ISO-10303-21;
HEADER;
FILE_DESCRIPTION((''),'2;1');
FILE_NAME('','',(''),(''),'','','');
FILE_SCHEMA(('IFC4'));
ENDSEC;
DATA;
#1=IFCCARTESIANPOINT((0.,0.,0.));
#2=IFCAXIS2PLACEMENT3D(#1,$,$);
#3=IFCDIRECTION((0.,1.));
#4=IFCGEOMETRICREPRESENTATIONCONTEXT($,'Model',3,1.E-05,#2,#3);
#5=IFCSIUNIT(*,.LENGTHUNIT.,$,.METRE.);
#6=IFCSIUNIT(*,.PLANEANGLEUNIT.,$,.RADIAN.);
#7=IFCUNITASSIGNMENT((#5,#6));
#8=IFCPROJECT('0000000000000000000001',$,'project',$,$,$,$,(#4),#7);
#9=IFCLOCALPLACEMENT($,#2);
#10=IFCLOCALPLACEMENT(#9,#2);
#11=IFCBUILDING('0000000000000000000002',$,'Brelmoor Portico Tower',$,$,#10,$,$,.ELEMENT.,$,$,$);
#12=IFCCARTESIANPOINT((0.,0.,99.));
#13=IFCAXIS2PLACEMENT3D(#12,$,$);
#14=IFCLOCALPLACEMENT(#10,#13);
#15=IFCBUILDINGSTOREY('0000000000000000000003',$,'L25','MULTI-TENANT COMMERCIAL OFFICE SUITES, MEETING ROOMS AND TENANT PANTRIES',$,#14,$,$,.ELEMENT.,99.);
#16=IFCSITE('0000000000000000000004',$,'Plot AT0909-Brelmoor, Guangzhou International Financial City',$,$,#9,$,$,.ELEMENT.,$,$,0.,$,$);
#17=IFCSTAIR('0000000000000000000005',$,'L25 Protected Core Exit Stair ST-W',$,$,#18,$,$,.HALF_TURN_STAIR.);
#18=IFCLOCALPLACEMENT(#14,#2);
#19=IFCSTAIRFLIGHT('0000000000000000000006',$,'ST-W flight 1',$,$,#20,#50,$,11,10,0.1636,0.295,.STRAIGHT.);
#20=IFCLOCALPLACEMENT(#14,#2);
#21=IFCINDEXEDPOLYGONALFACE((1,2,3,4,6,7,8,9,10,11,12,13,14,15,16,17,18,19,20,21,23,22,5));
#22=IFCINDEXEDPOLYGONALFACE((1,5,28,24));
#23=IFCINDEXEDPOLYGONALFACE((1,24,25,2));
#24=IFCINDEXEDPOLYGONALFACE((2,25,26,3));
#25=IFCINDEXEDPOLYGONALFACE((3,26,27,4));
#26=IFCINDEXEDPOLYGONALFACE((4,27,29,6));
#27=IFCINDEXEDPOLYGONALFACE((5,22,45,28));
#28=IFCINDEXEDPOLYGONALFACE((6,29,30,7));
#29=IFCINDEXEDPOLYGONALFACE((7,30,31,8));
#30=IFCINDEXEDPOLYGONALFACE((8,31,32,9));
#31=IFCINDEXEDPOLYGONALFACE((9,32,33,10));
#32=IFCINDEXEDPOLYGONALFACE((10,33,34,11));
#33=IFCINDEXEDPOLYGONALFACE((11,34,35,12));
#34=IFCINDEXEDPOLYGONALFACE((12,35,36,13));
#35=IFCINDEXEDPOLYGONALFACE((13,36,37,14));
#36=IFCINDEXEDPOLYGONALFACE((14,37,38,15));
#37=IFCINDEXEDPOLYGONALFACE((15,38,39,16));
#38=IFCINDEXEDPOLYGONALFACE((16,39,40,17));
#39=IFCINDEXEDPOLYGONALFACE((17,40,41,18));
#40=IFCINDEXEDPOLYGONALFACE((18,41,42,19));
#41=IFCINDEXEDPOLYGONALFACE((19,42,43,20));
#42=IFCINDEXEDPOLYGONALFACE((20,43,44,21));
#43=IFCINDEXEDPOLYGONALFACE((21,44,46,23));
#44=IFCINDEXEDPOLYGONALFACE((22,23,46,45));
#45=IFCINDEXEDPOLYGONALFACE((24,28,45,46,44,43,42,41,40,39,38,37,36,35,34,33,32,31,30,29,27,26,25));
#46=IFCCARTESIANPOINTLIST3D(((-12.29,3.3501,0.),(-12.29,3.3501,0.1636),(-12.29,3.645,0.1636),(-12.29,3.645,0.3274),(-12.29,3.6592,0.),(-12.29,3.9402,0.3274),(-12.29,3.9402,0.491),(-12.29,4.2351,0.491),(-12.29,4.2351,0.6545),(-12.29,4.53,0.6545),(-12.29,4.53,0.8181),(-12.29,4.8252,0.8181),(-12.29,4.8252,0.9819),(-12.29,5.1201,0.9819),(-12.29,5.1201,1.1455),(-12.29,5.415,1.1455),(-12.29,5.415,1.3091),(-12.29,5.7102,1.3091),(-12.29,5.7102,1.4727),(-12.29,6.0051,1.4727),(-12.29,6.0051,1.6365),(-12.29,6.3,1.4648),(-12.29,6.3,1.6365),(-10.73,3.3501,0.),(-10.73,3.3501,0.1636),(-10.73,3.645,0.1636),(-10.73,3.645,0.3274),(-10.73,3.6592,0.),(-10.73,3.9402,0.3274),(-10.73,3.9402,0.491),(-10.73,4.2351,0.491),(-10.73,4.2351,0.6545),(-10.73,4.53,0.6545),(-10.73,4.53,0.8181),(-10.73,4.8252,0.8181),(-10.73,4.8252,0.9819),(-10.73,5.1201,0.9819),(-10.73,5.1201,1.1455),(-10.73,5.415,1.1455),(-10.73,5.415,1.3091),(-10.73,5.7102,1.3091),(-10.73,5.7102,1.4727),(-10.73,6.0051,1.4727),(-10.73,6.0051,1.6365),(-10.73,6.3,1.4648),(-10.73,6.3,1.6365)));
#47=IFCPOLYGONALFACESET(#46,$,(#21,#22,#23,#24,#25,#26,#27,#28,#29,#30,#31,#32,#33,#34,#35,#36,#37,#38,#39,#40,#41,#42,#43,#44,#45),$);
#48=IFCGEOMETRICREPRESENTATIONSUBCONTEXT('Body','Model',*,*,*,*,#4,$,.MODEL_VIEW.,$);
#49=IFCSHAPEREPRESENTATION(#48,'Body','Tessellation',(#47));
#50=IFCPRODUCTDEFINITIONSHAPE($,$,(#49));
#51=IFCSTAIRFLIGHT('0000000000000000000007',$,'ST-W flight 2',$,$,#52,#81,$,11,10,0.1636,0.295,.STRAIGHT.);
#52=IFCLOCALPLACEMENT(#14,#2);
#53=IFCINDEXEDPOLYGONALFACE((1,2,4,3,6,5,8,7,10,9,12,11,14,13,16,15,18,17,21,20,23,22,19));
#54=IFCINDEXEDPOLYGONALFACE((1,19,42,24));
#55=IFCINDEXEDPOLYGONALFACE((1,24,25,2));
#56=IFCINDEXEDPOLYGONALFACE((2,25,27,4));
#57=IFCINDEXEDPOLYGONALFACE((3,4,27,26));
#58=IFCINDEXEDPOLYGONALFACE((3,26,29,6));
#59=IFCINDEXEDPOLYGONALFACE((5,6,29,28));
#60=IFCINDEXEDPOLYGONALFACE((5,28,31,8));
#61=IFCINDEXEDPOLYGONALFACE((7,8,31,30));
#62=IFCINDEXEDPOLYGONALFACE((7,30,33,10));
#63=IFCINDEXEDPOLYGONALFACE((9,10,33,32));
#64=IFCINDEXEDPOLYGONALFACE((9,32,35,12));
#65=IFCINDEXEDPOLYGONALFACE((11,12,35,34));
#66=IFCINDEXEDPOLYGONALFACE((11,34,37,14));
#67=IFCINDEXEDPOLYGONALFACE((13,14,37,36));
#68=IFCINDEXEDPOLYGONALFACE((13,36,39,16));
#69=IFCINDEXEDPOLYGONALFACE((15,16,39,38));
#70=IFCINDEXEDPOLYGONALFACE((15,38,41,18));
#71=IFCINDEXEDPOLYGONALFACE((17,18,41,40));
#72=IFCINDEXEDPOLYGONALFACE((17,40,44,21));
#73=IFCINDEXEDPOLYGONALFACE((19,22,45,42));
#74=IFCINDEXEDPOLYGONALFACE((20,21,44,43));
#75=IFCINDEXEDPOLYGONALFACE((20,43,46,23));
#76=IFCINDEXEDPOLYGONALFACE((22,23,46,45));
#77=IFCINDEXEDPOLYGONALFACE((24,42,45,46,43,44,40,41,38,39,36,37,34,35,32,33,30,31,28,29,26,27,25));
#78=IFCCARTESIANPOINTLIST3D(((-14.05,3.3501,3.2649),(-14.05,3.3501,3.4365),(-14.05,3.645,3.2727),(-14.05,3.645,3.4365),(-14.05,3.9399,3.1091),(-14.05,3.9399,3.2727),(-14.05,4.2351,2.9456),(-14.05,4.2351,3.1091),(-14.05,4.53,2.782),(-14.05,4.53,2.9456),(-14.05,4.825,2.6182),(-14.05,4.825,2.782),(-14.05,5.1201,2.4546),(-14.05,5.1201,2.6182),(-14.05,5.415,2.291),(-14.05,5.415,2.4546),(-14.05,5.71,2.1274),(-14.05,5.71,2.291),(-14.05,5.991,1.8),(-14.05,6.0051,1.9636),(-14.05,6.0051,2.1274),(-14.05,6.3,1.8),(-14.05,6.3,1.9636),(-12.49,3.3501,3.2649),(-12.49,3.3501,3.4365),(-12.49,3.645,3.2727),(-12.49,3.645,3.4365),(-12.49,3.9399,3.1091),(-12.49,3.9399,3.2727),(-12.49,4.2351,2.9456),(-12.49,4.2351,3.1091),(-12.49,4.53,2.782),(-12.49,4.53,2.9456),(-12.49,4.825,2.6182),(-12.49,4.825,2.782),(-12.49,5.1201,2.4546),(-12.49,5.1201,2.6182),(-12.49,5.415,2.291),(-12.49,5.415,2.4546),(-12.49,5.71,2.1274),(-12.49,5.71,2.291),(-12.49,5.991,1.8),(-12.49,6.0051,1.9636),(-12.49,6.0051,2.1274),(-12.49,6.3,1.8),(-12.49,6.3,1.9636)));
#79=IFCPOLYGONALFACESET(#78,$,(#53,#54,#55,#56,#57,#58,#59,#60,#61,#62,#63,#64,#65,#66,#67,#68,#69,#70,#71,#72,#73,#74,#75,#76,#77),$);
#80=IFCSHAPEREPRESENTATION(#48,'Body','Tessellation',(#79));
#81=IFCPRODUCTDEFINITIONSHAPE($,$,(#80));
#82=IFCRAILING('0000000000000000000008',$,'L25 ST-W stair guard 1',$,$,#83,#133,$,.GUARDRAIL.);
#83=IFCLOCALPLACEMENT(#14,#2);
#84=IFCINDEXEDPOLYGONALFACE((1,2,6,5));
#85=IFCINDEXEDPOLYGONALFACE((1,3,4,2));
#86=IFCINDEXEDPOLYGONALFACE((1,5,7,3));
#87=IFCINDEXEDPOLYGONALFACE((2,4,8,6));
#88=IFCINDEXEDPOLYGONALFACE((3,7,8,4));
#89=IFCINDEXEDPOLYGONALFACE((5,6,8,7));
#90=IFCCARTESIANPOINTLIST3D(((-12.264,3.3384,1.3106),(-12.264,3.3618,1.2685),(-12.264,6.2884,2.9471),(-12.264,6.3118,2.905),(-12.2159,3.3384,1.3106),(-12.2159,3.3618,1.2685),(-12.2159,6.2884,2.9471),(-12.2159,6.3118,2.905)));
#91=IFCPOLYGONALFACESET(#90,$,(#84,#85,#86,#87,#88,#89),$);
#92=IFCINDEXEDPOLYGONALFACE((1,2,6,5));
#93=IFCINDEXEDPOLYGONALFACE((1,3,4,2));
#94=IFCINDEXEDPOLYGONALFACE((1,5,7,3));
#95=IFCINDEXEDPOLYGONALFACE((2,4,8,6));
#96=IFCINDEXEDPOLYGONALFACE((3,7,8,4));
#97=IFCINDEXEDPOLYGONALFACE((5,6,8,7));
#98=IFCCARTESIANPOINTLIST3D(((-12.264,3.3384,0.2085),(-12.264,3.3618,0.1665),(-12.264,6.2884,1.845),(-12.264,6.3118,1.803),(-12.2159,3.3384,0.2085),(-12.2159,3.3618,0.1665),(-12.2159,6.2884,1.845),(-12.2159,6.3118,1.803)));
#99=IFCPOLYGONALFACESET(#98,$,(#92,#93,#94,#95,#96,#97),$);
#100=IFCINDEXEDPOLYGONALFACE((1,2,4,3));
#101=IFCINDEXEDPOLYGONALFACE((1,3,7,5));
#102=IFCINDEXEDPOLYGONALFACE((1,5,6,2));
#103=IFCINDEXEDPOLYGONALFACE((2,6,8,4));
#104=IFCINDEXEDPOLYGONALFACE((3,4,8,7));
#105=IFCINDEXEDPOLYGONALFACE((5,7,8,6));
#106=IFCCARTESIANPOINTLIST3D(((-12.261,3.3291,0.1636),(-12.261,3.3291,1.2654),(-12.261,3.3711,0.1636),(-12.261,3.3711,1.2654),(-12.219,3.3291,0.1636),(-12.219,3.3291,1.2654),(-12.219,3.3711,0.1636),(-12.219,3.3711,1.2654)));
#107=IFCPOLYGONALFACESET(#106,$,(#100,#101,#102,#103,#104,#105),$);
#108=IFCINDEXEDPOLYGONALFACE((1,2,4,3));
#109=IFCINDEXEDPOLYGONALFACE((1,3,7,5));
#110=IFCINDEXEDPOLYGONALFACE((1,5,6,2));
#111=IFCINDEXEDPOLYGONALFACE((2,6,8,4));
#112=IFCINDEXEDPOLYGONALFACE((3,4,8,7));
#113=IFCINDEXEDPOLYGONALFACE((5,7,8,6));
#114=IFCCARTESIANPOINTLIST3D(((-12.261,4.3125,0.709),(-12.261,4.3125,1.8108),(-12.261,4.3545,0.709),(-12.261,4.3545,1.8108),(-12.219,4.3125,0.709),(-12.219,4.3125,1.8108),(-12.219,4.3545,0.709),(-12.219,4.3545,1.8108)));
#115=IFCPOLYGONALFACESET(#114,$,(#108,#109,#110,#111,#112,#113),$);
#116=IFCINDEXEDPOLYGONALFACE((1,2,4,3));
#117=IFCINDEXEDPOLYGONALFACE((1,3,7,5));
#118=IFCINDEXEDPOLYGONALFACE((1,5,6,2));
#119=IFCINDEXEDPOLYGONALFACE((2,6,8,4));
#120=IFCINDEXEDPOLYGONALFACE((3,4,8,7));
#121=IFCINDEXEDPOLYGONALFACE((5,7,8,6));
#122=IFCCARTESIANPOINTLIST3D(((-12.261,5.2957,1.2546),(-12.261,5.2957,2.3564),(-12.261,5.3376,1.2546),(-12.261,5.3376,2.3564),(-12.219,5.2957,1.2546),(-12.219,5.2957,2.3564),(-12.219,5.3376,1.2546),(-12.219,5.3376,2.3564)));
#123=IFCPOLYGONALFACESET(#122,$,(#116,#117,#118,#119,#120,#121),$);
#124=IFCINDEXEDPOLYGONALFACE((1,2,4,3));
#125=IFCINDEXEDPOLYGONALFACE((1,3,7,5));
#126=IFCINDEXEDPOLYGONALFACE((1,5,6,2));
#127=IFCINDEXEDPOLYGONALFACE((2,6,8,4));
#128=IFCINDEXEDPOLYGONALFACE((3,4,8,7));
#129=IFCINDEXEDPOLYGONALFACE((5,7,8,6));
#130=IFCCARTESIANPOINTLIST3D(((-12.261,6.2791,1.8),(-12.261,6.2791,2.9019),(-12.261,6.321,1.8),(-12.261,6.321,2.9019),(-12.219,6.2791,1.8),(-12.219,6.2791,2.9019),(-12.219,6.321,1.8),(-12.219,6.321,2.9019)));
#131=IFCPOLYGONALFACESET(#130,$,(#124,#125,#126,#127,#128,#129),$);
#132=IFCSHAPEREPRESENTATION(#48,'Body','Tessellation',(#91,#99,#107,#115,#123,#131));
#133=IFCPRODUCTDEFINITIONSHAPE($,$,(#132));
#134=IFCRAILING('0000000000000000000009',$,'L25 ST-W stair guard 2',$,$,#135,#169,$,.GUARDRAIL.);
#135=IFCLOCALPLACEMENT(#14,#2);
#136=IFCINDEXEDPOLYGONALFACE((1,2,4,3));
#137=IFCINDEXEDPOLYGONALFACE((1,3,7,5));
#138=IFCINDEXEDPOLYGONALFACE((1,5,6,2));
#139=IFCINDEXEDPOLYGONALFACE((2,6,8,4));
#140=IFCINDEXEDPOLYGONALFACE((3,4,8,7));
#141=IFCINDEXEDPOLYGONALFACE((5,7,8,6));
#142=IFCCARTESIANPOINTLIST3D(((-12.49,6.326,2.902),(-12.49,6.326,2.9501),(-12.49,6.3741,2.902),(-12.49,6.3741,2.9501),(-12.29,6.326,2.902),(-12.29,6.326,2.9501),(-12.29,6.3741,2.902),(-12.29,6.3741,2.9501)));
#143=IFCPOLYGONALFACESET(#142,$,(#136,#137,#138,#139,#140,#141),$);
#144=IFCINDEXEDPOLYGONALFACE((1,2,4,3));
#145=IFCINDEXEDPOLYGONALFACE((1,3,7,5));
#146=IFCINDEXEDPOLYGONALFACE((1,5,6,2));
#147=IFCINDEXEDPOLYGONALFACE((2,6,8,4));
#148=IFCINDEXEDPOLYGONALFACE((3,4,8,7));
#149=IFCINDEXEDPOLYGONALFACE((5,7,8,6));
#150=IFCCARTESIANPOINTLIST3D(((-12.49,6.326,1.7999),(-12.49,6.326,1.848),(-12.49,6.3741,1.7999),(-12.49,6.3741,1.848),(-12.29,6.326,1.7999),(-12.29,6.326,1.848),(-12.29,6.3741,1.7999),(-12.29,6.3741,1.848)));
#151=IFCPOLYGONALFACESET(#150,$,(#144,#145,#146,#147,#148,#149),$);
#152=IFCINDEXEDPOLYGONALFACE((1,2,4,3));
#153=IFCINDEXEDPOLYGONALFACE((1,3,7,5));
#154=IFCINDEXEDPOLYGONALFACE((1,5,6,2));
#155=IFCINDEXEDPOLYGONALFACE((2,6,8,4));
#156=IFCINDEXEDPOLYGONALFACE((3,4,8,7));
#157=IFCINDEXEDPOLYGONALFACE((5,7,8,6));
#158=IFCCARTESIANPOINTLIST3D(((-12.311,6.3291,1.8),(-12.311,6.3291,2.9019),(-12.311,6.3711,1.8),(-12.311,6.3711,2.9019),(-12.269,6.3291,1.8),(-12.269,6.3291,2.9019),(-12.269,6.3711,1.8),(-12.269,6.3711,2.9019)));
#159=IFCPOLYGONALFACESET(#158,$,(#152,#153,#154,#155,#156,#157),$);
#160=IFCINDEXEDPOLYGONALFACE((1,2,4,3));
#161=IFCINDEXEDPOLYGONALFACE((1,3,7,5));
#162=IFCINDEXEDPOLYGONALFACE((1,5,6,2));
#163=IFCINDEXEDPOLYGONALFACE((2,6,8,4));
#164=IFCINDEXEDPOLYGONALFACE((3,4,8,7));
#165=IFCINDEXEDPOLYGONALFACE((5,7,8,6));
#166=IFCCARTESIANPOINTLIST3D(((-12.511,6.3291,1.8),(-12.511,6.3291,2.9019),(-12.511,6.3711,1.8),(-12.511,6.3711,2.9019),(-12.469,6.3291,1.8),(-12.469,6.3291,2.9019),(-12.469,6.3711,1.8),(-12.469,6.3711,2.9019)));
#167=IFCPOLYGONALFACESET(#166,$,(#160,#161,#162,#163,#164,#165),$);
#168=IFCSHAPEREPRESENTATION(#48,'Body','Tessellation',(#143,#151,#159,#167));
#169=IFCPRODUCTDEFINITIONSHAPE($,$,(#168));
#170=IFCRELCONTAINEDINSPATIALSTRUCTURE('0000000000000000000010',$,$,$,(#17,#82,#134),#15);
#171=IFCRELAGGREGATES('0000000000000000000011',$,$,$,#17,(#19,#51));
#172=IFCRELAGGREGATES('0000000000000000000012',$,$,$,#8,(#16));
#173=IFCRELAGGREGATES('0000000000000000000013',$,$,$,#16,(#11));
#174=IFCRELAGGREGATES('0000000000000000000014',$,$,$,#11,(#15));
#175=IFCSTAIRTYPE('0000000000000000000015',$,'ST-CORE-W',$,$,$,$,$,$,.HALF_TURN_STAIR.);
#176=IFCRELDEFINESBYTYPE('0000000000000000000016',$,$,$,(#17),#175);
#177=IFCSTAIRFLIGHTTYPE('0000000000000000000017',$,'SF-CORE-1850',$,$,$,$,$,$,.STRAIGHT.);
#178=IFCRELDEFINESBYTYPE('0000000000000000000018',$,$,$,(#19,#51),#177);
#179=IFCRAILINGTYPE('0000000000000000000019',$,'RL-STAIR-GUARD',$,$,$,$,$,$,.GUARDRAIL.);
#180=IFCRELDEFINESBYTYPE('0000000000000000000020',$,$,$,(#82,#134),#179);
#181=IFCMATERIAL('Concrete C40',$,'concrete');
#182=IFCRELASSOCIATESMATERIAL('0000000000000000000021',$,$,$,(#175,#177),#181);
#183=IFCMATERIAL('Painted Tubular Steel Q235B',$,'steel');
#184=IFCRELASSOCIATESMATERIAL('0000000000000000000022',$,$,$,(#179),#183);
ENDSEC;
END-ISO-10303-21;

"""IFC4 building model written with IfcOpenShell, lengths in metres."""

from ifc_helpers import new_model, si_unit, direction, frame, origin, origin_2d, place, context, subcontext, project, spatial, polyline, rectangle, outline, extrude, material, type_object, element, aggregate, save


model = new_model("IFC4")

# Units and contexts
model_context = context("Model", 3, precision=1e-05, world=origin(), true_north=direction((0.0, 1.0)))
body_context = subcontext(model_context, "Body", "Model", "MODEL_VIEW")
ifc_project = project(units=[si_unit("LENGTHUNIT", "METRE"), si_unit("PLANEANGLEUNIT", "RADIAN")], contexts=[model_context])

# Site, building, storey
site_placement = place(None, origin())
site = spatial("IfcSite", under=ifc_project, at=site_placement, Name="Plot AT0909-Brelmoor, Guangzhou International Financial City", CompositionType="ELEMENT", RefElevation=0.0)
building_placement = place(site_placement, origin())
building = spatial("IfcBuilding", under=site, at=building_placement, Name="Brelmoor Portico Tower", CompositionType="ELEMENT")
storey_placement = place(building_placement, frame((0.0, 0.0, 99.0)))
storey = spatial("IfcBuildingStorey", under=building, at=storey_placement, Name="L25", Description="MULTI-TENANT COMMERCIAL OFFICE SUITES, MEETING ROOMS AND TENANT PANTRIES", CompositionType="ELEMENT", Elevation=99.0)

# Shared definitions
ifc_material_1 = material(Name="Concrete C40", Category="concrete")

# Stair, stair flights
stair_type = type_object("IfcStairType", Name="ST-CORE-W", PredefinedType="HALF_TURN_STAIR", material=ifc_material_1)
stair_placement = place(storey_placement, origin())
stair = element("IfcStair", 1, at=stair_placement, inside=storey, type_object=stair_type, Name="L25 Protected Core Exit Stair ST-W", PredefinedType="HALF_TURN_STAIR")
stair_flight_type = type_object("IfcStairFlightType", Name="SF-CORE-1850", PredefinedType="STRAIGHT", material=ifc_material_1)
stair_flight_1_placement = place(storey_placement, frame((-11.51, 3.3501, 0.0), z_axis=(0.0, 0.0, 1.0), x_axis=(0.0, 1.0, 0.0)))
stair_flight_1 = element("IfcStairFlight", 2, at=stair_flight_1_placement, type_object=stair_flight_type, Name="ST-W flight 1", NumberOfRisers=11, NumberOfTreads=10, PredefinedType="STRAIGHT", RiserHeight=0.1636, TreadLength=0.295, context=body_context, shape_type="SweptSolid", body=[
    extrude(outline(polyline([(0.0, 0.0), (0.0, 0.1636), (0.2949, 0.1636), (0.2949, 0.3274), (0.5901, 0.3274), (0.5901, 0.491), (0.885, 0.491), (0.885, 0.6545), (1.1799, 0.6545), (1.1799, 0.8181), (1.4751, 0.8181), (1.4751, 0.9819), (1.77, 0.9819), (1.77, 1.1455), (2.0649, 1.1455), (2.0649, 1.3091), (2.3601, 1.3091), (2.3601, 1.4727), (2.655, 1.4727), (2.655, 1.6365), (2.95, 1.6365), (2.95, 1.8), (2.95, 1.4648), (0.3091, 0.0), (0.0, 0.0)])), frame((0.0, 0.78, 0.0), z_axis=(0.0, -1.0, 0.0), x_axis=(1.0, 0.0, 0.0)), (0.0, 0.0, 1.0), 1.5601),
])
stair_flight_2_placement = place(storey_placement, frame((-13.27, 6.3, 1.8), z_axis=(0.0, 0.0, 1.0), x_axis=(0.0, -1.0, 0.0)))
stair_flight_2 = element("IfcStairFlight", 3, at=stair_flight_2_placement, type_object=stair_flight_type, Name="ST-W flight 2", NumberOfRisers=11, NumberOfTreads=10, PredefinedType="STRAIGHT", RiserHeight=0.1636, TreadLength=0.295, context=body_context, shape_type="SweptSolid", body=[
    extrude(outline(polyline([(0.0, 0.0), (0.0, 0.1636), (0.2949, 0.1636), (0.2949, 0.3274), (0.5901, 0.3274), (0.5901, 0.491), (0.885, 0.491), (0.885, 0.6545), (1.1799, 0.6545), (1.1799, 0.8181), (1.4751, 0.8181), (1.4751, 0.9819), (1.77, 0.9819), (1.77, 1.1455), (2.0649, 1.1455), (2.0649, 1.3091), (2.3601, 1.3091), (2.3601, 1.4727), (2.655, 1.4727), (2.655, 1.6365), (2.95, 1.6365), (2.95, 1.8), (2.95, 1.4648), (0.3091, 0.0), (0.0, 0.0)])), frame((0.0, 0.78, 0.0), z_axis=(0.0, -1.0, 0.0), x_axis=(1.0, 0.0, 0.0)), (0.0, 0.0, 1.0), 1.5601),
])
aggregate(stair, [stair_flight_1, stair_flight_2])

# Railings
ifc_material_2 = material(Name="Painted Tubular Steel Q235B", Category="steel")
railing_type_1 = type_object("IfcRailingType", Name="RL-STAIR-GUARD", PredefinedType="GUARDRAIL", material=ifc_material_2)
railing_1_placement = place(storey_placement, frame((-12.24, 3.3501, 0.1636)))
element("IfcRailing", 4, at=railing_1_placement, inside=storey, type_object=railing_type_1, Name="L25 ST-W stair guard 1", PredefinedType="GUARDRAIL", context=body_context, shape_type="SweptSolid", body=[
    extrude(rectangle(XDim=0.0481, YDim=0.0481, at=origin_2d()), frame((0.0, 0.0, 1.126), z_axis=(0.0, 0.874458, 0.485102), x_axis=(-1.0, 0.0, 0.0)), (0.0, 0.0, 1.0), 3.3735),
    extrude(rectangle(XDim=0.0481, YDim=0.0481, at=origin_2d()), frame((0.0, 0.0, 0.0239), z_axis=(0.0, 0.874458, 0.485102), x_axis=(-1.0, 0.0, 0.0)), (0.0, 0.0, 1.0), 3.3735),
    extrude(rectangle(XDim=0.042, YDim=0.042, at=origin_2d()), origin(), (0.0, 0.0, 1.0), 1.1018),
    extrude(rectangle(XDim=0.042, YDim=0.042, at=origin_2d()), frame((0.0, 0.9834, 0.5454)), (0.0, 0.0, 1.0), 1.1018),
    extrude(rectangle(XDim=0.042, YDim=0.042, at=origin_2d()), frame((0.0, 1.9666, 1.0911)), (0.0, 0.0, 1.0), 1.1018),
    extrude(rectangle(XDim=0.042, YDim=0.042, at=origin_2d()), frame((0.0, 2.95, 1.6365)), (0.0, 0.0, 1.0), 1.1018),
])
railing_2_placement = place(storey_placement, frame((-12.29, 6.3501, 1.8)))
element("IfcRailing", 5, at=railing_2_placement, inside=storey, type_object=railing_type_1, Name="L25 ST-W stair guard 2", PredefinedType="GUARDRAIL", context=body_context, shape_type="SweptSolid", body=[
    extrude(rectangle(XDim=0.0481, YDim=0.0481, at=origin_2d()), frame((0.0, 0.0, 1.126), z_axis=(-1.0, 0.0, 0.0), x_axis=(0.0, -1.0, 0.0)), (0.0, 0.0, 1.0), 0.2),
    extrude(rectangle(XDim=0.0481, YDim=0.0481, at=origin_2d()), frame((0.0, 0.0, 0.0239), z_axis=(-1.0, 0.0, 0.0), x_axis=(0.0, -1.0, 0.0)), (0.0, 0.0, 1.0), 0.2),
    extrude(rectangle(XDim=0.042, YDim=0.042, at=origin_2d()), origin(), (0.0, 0.0, 1.0), 1.1018),
    extrude(rectangle(XDim=0.042, YDim=0.042, at=origin_2d()), frame((-0.2, 0.0, 0.0)), (0.0, 0.0, 1.0), 1.1018),
])

save(model, "model.ifc")
